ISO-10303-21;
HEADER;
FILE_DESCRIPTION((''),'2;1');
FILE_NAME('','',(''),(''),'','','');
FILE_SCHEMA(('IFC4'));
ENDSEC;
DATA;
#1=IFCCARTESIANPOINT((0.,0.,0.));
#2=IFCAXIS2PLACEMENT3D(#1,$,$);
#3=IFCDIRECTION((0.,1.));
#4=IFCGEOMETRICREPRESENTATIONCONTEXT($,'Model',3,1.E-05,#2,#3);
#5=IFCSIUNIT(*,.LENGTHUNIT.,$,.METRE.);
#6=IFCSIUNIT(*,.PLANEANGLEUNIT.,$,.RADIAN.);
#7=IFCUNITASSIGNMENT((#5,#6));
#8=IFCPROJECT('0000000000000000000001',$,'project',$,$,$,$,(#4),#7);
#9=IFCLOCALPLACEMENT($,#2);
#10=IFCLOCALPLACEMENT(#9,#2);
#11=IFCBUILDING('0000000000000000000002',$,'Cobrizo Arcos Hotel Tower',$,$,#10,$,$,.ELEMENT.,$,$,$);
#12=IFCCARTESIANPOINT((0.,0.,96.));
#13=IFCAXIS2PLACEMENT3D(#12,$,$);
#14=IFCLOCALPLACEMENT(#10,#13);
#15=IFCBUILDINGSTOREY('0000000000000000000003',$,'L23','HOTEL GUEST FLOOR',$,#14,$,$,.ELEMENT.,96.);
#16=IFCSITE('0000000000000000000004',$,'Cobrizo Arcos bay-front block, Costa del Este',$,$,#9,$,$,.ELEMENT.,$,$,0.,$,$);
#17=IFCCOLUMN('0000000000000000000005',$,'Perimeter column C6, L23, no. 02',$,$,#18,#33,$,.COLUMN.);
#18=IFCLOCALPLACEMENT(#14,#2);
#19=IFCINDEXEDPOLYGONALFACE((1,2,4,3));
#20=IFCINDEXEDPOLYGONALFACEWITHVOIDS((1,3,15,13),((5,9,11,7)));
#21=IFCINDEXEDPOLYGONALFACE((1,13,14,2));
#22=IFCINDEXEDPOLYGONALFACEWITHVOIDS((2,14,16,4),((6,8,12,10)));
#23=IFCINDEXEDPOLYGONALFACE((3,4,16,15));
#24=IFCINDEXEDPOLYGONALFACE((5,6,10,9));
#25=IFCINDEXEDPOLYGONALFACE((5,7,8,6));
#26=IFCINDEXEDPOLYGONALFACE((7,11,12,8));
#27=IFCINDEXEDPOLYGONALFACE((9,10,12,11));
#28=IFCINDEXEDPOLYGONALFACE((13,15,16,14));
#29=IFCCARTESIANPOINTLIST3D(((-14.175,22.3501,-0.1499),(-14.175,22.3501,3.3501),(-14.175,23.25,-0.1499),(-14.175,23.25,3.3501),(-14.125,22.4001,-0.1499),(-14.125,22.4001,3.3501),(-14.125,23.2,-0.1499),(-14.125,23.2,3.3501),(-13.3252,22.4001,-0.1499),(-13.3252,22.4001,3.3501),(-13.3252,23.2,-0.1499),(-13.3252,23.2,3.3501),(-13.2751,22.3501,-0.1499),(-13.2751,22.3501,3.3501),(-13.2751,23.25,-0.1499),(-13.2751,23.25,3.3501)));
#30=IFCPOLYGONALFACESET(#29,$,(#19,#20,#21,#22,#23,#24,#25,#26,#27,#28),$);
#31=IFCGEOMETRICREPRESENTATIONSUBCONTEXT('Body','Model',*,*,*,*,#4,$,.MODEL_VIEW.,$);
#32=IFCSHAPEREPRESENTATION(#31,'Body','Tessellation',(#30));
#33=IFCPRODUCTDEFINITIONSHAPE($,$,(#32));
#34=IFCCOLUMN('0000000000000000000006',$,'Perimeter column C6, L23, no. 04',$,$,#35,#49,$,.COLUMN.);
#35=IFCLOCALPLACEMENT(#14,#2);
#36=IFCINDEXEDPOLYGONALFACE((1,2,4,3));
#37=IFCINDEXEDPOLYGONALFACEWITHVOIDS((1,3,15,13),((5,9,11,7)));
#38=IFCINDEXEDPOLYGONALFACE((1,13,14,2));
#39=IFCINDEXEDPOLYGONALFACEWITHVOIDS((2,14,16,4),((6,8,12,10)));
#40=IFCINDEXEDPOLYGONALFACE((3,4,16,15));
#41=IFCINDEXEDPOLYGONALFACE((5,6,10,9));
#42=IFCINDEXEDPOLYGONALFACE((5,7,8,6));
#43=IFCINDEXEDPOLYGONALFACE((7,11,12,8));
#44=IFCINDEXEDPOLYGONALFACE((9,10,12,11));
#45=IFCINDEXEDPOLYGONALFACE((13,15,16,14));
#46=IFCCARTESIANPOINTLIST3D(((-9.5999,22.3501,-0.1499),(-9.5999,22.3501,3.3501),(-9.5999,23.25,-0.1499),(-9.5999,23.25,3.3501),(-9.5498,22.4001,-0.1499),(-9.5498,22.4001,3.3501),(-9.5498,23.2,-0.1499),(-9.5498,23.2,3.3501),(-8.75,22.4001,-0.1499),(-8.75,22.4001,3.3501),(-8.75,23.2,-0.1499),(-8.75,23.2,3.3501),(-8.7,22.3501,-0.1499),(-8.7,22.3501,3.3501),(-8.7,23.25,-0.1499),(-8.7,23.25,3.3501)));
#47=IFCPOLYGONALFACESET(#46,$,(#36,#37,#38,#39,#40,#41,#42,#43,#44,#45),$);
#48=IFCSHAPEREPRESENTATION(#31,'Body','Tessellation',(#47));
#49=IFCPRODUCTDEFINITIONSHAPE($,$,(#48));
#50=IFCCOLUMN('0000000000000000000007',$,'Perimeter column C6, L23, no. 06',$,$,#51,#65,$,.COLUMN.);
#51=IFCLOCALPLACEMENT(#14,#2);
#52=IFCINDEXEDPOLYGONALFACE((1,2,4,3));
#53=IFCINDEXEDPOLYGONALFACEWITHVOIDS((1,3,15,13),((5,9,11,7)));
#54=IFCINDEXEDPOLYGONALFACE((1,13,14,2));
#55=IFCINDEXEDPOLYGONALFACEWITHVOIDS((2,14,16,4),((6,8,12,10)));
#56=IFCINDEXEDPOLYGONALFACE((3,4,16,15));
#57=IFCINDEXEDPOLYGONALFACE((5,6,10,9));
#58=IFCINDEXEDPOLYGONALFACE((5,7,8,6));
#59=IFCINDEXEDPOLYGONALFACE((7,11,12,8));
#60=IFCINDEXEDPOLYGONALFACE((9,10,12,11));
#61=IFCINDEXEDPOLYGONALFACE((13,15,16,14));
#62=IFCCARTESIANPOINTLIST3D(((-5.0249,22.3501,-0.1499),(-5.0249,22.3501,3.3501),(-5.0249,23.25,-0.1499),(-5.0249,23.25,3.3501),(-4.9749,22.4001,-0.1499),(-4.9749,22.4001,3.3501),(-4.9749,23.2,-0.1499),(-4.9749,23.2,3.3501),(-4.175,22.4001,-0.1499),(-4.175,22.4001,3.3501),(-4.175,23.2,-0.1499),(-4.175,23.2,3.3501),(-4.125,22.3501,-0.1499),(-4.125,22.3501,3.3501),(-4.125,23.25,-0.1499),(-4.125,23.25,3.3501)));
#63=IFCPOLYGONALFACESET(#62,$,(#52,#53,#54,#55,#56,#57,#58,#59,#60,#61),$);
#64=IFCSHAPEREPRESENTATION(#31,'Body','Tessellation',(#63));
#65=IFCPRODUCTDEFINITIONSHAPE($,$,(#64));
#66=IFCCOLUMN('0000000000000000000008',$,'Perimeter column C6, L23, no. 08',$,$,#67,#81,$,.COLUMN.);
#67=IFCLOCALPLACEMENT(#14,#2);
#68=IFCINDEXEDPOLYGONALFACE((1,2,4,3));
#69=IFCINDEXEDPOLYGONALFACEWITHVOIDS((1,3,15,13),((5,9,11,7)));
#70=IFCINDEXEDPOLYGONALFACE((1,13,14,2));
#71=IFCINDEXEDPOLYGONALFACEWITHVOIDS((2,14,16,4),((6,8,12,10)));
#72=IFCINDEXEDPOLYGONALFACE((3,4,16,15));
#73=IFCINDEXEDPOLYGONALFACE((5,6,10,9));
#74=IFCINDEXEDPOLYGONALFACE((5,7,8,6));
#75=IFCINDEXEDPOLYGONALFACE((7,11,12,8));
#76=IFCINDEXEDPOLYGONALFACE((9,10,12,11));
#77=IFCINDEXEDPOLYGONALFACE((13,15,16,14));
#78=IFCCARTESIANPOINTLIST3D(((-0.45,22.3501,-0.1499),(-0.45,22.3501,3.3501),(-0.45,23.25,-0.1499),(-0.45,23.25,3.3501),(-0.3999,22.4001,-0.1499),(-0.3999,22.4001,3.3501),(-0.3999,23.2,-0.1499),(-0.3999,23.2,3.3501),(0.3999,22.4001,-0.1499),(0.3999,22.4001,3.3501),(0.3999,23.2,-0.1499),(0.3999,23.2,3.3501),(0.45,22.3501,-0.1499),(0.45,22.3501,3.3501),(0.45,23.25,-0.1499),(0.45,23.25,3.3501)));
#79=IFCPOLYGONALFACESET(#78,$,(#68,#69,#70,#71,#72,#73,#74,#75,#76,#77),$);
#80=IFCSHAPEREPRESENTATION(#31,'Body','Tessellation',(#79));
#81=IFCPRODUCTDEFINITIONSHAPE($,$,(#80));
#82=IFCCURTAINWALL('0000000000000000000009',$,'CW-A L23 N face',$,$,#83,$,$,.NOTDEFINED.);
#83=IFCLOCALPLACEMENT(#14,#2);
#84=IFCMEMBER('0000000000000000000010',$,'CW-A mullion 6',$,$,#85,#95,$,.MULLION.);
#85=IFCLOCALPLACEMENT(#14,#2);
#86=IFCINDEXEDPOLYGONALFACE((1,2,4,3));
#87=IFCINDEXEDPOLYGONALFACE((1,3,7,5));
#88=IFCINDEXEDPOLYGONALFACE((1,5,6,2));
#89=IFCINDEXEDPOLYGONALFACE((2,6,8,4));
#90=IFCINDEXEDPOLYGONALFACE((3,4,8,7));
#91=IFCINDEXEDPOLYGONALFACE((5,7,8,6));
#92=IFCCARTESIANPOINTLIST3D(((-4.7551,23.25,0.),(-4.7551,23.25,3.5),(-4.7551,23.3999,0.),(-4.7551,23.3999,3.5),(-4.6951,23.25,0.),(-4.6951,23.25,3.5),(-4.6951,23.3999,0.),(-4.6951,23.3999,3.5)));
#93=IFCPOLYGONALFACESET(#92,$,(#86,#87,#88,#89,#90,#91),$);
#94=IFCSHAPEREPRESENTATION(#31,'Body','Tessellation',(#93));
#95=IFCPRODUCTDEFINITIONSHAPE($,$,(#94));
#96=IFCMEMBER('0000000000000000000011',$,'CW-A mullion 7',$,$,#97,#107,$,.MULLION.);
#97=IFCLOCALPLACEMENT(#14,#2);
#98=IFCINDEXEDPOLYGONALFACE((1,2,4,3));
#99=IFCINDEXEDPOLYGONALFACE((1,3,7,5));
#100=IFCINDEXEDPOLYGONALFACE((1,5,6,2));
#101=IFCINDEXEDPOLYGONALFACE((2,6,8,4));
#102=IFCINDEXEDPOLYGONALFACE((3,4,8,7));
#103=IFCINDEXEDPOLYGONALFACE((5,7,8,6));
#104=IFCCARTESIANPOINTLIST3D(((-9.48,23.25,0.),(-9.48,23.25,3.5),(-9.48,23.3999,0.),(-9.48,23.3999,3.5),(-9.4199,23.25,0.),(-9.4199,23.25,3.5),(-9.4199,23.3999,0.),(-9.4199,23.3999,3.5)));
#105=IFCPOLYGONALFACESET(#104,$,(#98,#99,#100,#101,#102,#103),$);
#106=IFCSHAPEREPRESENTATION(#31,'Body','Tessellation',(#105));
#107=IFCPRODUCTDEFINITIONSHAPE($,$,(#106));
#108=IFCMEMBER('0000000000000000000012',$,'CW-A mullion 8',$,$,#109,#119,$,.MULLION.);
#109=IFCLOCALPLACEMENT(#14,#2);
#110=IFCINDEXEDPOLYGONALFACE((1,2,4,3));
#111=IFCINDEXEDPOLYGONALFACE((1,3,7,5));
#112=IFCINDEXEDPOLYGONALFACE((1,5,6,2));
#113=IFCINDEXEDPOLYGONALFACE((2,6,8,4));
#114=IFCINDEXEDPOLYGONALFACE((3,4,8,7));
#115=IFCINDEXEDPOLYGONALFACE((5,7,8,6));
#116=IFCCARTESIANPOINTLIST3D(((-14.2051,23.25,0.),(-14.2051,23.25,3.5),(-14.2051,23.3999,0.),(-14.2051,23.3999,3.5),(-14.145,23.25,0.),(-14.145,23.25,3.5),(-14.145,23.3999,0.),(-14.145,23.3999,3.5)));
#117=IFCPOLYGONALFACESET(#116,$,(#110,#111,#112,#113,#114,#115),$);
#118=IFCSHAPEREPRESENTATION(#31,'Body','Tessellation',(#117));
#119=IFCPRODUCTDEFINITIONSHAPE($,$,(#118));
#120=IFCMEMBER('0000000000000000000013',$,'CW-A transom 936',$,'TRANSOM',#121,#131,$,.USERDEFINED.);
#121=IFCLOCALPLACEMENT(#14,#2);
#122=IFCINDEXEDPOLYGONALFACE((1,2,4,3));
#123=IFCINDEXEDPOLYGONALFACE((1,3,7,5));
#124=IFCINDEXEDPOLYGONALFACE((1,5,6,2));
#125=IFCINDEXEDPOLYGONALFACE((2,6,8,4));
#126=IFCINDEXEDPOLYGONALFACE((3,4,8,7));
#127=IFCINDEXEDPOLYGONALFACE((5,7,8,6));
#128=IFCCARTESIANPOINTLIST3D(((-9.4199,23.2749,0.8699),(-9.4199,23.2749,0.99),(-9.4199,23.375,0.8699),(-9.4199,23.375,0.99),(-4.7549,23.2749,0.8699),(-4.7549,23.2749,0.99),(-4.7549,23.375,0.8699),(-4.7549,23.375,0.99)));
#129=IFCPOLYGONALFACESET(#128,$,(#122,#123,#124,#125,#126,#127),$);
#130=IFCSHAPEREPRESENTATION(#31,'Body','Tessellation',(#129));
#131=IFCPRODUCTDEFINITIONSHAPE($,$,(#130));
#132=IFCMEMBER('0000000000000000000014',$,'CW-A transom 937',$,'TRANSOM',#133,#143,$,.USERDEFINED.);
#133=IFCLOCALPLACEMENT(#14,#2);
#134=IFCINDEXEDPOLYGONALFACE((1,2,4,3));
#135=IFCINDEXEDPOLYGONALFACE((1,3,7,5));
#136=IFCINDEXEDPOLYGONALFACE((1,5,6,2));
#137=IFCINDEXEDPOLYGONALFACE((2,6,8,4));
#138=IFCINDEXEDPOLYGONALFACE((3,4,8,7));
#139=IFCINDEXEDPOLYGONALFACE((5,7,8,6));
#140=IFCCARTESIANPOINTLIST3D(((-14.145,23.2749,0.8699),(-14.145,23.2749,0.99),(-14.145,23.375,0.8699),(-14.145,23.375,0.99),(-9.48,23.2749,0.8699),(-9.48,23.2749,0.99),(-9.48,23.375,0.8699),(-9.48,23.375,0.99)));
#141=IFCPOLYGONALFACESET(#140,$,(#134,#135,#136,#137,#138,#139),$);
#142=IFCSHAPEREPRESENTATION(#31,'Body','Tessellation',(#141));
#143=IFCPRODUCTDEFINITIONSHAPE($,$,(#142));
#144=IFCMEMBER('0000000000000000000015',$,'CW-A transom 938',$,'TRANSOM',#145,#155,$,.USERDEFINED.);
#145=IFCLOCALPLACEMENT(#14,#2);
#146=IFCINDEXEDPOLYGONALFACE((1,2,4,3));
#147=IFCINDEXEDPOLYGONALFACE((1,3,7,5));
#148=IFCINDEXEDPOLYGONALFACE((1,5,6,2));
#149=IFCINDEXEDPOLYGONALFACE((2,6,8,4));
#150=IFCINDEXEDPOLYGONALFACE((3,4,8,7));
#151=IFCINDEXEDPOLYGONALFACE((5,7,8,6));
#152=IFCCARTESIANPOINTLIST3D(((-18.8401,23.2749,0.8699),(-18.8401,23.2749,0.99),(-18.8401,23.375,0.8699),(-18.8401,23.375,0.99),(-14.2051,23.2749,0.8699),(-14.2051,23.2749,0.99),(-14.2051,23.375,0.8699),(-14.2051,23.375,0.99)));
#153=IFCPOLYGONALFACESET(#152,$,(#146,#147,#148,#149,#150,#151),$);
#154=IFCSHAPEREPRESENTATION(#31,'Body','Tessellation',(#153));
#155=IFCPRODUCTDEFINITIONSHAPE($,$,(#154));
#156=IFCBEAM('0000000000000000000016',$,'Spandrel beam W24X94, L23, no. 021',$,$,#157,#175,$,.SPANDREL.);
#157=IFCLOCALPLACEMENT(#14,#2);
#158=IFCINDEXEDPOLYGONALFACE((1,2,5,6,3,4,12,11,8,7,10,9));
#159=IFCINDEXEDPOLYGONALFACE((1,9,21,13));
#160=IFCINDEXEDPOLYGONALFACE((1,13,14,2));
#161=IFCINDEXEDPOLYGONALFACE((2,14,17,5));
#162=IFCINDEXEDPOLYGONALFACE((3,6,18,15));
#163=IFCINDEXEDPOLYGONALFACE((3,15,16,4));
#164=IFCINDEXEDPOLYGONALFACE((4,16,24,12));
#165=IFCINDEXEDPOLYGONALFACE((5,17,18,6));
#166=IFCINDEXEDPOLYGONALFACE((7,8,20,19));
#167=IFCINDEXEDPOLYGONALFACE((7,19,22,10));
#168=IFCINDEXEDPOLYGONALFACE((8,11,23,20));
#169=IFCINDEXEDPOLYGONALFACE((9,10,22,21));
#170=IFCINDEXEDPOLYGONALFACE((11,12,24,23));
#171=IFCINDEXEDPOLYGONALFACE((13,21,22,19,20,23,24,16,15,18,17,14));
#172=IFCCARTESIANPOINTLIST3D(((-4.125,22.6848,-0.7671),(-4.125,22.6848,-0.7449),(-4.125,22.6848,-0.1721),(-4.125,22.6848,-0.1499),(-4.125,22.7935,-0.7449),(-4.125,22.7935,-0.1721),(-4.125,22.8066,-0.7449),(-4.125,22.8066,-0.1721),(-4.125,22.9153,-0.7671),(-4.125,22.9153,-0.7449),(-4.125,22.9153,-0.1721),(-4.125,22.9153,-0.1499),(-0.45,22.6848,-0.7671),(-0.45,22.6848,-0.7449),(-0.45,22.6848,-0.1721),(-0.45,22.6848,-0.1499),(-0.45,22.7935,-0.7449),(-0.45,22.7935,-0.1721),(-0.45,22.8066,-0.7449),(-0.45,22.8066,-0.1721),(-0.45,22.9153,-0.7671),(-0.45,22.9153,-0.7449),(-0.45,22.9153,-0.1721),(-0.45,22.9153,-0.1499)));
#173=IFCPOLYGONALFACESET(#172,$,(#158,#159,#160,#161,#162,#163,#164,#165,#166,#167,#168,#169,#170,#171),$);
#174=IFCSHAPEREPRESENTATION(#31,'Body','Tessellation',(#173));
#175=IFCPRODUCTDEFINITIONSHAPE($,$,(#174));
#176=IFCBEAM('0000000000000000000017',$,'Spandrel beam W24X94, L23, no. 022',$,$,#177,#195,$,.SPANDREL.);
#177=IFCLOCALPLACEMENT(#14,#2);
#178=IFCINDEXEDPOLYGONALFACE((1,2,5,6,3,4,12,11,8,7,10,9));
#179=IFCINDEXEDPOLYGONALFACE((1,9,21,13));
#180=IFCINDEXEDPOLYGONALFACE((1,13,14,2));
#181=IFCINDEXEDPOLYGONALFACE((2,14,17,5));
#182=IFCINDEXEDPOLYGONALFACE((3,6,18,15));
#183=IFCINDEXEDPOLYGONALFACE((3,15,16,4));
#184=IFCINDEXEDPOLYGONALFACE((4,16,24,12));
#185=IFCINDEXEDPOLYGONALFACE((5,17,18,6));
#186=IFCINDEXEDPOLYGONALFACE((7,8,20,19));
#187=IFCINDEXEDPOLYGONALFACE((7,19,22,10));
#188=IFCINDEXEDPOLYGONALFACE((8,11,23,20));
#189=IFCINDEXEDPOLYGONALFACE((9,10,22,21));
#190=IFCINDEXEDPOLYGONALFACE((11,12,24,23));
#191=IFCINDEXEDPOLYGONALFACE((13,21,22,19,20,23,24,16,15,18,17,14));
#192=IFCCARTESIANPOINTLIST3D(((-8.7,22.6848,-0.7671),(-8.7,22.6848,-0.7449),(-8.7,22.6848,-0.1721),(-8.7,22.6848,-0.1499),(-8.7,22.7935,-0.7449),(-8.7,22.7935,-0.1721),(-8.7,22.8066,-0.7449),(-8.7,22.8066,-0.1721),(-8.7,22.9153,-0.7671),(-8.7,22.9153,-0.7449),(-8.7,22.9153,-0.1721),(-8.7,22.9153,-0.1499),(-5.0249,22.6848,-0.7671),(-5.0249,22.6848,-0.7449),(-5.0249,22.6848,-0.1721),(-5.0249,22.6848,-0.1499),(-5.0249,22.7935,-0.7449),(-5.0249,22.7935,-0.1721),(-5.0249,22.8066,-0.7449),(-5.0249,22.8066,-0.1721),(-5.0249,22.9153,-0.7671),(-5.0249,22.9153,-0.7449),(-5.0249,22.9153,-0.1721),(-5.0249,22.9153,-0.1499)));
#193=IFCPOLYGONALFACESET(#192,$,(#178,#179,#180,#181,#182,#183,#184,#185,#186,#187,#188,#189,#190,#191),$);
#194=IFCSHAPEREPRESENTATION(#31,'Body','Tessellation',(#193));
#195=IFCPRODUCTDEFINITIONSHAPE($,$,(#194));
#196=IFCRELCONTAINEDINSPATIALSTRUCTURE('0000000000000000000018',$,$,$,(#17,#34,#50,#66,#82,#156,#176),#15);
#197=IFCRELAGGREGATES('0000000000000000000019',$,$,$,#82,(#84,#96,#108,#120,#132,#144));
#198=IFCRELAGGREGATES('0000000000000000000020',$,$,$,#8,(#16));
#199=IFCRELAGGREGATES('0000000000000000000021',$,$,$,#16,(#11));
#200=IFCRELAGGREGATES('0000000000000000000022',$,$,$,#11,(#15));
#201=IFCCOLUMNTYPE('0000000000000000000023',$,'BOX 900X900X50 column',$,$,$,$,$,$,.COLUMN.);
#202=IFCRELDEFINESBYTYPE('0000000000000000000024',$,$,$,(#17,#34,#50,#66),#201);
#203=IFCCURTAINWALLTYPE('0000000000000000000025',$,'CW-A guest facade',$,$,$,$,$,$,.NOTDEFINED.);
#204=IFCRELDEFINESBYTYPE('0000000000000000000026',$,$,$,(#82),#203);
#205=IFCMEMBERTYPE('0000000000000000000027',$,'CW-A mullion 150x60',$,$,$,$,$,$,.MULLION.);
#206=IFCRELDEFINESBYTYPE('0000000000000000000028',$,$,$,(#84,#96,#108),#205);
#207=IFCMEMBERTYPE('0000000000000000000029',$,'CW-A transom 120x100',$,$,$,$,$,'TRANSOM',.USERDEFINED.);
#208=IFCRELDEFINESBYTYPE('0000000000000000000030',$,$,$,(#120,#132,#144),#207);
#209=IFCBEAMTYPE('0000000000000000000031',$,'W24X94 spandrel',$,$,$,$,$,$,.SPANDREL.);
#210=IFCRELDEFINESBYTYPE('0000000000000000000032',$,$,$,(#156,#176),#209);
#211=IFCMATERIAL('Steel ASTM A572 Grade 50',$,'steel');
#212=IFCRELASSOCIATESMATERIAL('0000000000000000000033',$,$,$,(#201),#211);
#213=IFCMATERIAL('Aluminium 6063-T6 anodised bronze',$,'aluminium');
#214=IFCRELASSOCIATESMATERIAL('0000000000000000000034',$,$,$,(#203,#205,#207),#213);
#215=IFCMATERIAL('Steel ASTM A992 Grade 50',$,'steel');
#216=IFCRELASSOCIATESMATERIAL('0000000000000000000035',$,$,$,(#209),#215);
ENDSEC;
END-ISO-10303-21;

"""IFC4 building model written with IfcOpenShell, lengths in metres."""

from ifc_helpers import new_model, si_unit, direction, frame, origin, origin_2d, place, context, subcontext, project, spatial, rectangle, hollow_rectangle, i_section, extrude, material, material_profile, profile_set, type_object, element, aggregate, save


model = new_model("IFC4")

# Units and contexts
model_context = context("Model", 3, precision=1e-05, world=origin(), true_north=direction((0.0, 1.0)))
body_context = subcontext(model_context, "Body", "Model", "MODEL_VIEW")
ifc_project = project(units=[si_unit("LENGTHUNIT", "METRE"), si_unit("PLANEANGLEUNIT", "RADIAN")], contexts=[model_context])

# Site, building, storey
site_placement = place(None, origin())
site = spatial("IfcSite", under=ifc_project, at=site_placement, Name="Cobrizo Arcos bay-front block, Costa del Este", CompositionType="ELEMENT", RefElevation=0.0)
building_placement = place(site_placement, origin())
building = spatial("IfcBuilding", under=site, at=building_placement, Name="Cobrizo Arcos Hotel Tower", CompositionType="ELEMENT")
storey_placement = place(building_placement, frame((0.0, 0.0, 96.0)))
storey = spatial("IfcBuildingStorey", under=building, at=storey_placement, Name="L23", Description="HOTEL GUEST FLOOR", CompositionType="ELEMENT", Elevation=96.0)

# Columns
ifc_material_1 = material(Name="Steel ASTM A572 Grade 50", Category="steel")
ifc_material_profile_1 = material_profile(ifc_material_1, hollow_rectangle(XDim=0.8999, YDim=0.8999, WallThickness=0.05, at=origin_2d()), Name="BOX 900X900X50")
ifc_profile_set_1 = profile_set([ifc_material_profile_1], Name="Steel ASTM A572 Grade 50")
column_type = type_object("IfcColumnType", Name="BOX 900X900X50 column", PredefinedType="COLUMN", material=ifc_profile_set_1)
for number, where, z_axis, x_axis, name in (
    (1, (-13.7251, 22.8, -0.1499), (0.0, 0.0, 1.0), (1.0, 0.0, 0.0), "Perimeter column C6, L23, no. 02"),
    (2, (-9.1499, 22.8, -0.1499), (0.0, 0.0, 1.0), (1.0, 0.0, 0.0), "Perimeter column C6, L23, no. 04"),
    (3, (-4.575, 22.8, -0.1499), (0.0, 0.0, 1.0), (1.0, 0.0, 0.0), "Perimeter column C6, L23, no. 06"),
    (4, (0.0, 22.8, -0.1499), (0.0, 0.0, 1.0), (1.0, 0.0, 0.0), "Perimeter column C6, L23, no. 08"),
):
    element("IfcColumn", number, at=place(storey_placement, frame(where, z_axis=z_axis, x_axis=x_axis)), inside=storey, type_object=column_type, Name=name, PredefinedType="COLUMN", context=body_context, shape_type="SweptSolid", body=[
        extrude(hollow_rectangle(XDim=0.8999, YDim=0.8999, WallThickness=0.05, at=origin_2d()), origin(), (0.0, 0.0, 1.0), 3.5),
    ])

# Curtain wall, members
ifc_material_2 = material(Name="Aluminium 6063-T6 anodised bronze", Category="aluminium")
curtain_wall_type = type_object("IfcCurtainWallType", Name="CW-A guest facade", PredefinedType="NOTDEFINED", material=ifc_material_2)
curtain_wall_placement = place(storey_placement, origin())
curtain_wall = element("IfcCurtainWall", 5, at=curtain_wall_placement, inside=storey, type_object=curtain_wall_type, Name="CW-A L23 N face", PredefinedType="NOTDEFINED")
ifc_material_profile_2 = material_profile(ifc_material_2, rectangle(XDim=0.1499, YDim=0.0601, at=origin_2d()), Name="CW-A mullion 150x60")
ifc_profile_set_2 = profile_set([ifc_material_profile_2], Name="Aluminium 6063-T6 anodised bronze")
member_type_1 = type_object("IfcMemberType", Name="CW-A mullion 150x60", PredefinedType="MULLION", material=ifc_profile_set_2)
member_1_placement = place(storey_placement, frame((-4.7251, 23.325, 0.0), z_axis=(0.0, 0.0, 1.0), x_axis=(0.0, 1.0, 0.0)))
member_1 = element("IfcMember", 6, at=member_1_placement, type_object=member_type_1, Name="CW-A mullion 6", PredefinedType="MULLION", context=body_context, shape_type="SweptSolid", body=[
    extrude(rectangle(XDim=0.1499, YDim=0.0601, at=origin_2d()), origin(), (0.0, 0.0, 1.0), 3.5),
])
member_2_placement = place(storey_placement, frame((-9.45, 23.325, 0.0), z_axis=(0.0, 0.0, 1.0), x_axis=(0.0, 1.0, 0.0)))
member_2 = element("IfcMember", 7, at=member_2_placement, type_object=member_type_1, Name="CW-A mullion 7", PredefinedType="MULLION", context=body_context, shape_type="SweptSolid", body=[
    extrude(rectangle(XDim=0.1499, YDim=0.0601, at=origin_2d()), origin(), (0.0, 0.0, 1.0), 3.5),
])
member_3_placement = place(storey_placement, frame((-14.175, 23.325, 0.0), z_axis=(0.0, 0.0, 1.0), x_axis=(0.0, 1.0, 0.0)))
member_3 = element("IfcMember", 8, at=member_3_placement, type_object=member_type_1, Name="CW-A mullion 8", PredefinedType="MULLION", context=body_context, shape_type="SweptSolid", body=[
    extrude(rectangle(XDim=0.1499, YDim=0.0601, at=origin_2d()), origin(), (0.0, 0.0, 1.0), 3.5),
])
ifc_material_profile_3 = material_profile(ifc_material_2, rectangle(XDim=0.1001, YDim=0.1201, at=origin_2d()), Name="CW-A transom 120x100")
ifc_profile_set_3 = profile_set([ifc_material_profile_3], Name="Aluminium 6063-T6 anodised bronze")
member_type_2 = type_object("IfcMemberType", Name="CW-A transom 120x100", ElementType="TRANSOM", PredefinedType="USERDEFINED", material=ifc_profile_set_3)
member_4_placement = place(storey_placement, frame((-4.7549, 23.325, 0.9299), z_axis=(-1.0, 0.0, 0.0), x_axis=(0.0, -1.0, 0.0)))
member_4 = element("IfcMember", 9, at=member_4_placement, type_object=member_type_2, Name="CW-A transom 936", ObjectType="TRANSOM", PredefinedType="USERDEFINED", context=body_context, shape_type="SweptSolid", body=[
    extrude(rectangle(XDim=0.1001, YDim=0.1201, at=origin_2d()), origin(), (0.0, 0.0, 1.0), 4.665),
])
member_5_placement = place(storey_placement, frame((-9.48, 23.325, 0.9299), z_axis=(-1.0, 0.0, 0.0), x_axis=(0.0, -1.0, 0.0)))
member_5 = element("IfcMember", 10, at=member_5_placement, type_object=member_type_2, Name="CW-A transom 937", ObjectType="TRANSOM", PredefinedType="USERDEFINED", context=body_context, shape_type="SweptSolid", body=[
    extrude(rectangle(XDim=0.1001, YDim=0.1201, at=origin_2d()), origin(), (0.0, 0.0, 1.0), 4.665),
])
member_6_placement = place(storey_placement, frame((-14.2051, 23.325, 0.9299), z_axis=(-1.0, 0.0, 0.0), x_axis=(0.0, -1.0, 0.0)))
member_6 = element("IfcMember", 11, at=member_6_placement, type_object=member_type_2, Name="CW-A transom 938", ObjectType="TRANSOM", PredefinedType="USERDEFINED", context=body_context, shape_type="SweptSolid", body=[
    extrude(rectangle(XDim=0.1001, YDim=0.1201, at=origin_2d()), origin(), (0.0, 0.0, 1.0), 4.635),
])

# Beams
ifc_material_3 = material(Name="Steel ASTM A992 Grade 50", Category="steel")
ifc_material_profile_4 = material_profile(ifc_material_3, i_section(OverallWidth=0.2305, OverallDepth=0.6172, WebThickness=0.0132, FlangeThickness=0.0222, at=origin_2d()), Name="W24X94")
ifc_profile_set_4 = profile_set([ifc_material_profile_4], Name="Steel ASTM A992 Grade 50")
beam_type = type_object("IfcBeamType", Name="W24X94 spandrel", PredefinedType="SPANDREL", material=ifc_profile_set_4)
for number, where, z_axis, x_axis, name in (
    (12, (-0.45, 22.8, -0.4585), (-1.0, 0.0, 0.0), (0.0, -1.0, 0.0), "Spandrel beam W24X94, L23, no. 021"),
    (13, (-5.0249, 22.8, -0.4585), (-1.0, 0.0, 0.0), (0.0, -1.0, 0.0), "Spandrel beam W24X94, L23, no. 022"),
):
    element("IfcBeam", number, at=place(storey_placement, frame(where, z_axis=z_axis, x_axis=x_axis)), inside=storey, type_object=beam_type, Name=name, PredefinedType="SPANDREL", context=body_context, shape_type="SweptSolid", body=[
        extrude(i_section(OverallWidth=0.2305, OverallDepth=0.6172, WebThickness=0.0132, FlangeThickness=0.0222, at=origin_2d()), origin(), (0.0, 0.0, 1.0), 3.675),
    ])

aggregate(curtain_wall, [member_1, member_2, member_3, member_4, member_5, member_6])

save(model, "model.ifc")
